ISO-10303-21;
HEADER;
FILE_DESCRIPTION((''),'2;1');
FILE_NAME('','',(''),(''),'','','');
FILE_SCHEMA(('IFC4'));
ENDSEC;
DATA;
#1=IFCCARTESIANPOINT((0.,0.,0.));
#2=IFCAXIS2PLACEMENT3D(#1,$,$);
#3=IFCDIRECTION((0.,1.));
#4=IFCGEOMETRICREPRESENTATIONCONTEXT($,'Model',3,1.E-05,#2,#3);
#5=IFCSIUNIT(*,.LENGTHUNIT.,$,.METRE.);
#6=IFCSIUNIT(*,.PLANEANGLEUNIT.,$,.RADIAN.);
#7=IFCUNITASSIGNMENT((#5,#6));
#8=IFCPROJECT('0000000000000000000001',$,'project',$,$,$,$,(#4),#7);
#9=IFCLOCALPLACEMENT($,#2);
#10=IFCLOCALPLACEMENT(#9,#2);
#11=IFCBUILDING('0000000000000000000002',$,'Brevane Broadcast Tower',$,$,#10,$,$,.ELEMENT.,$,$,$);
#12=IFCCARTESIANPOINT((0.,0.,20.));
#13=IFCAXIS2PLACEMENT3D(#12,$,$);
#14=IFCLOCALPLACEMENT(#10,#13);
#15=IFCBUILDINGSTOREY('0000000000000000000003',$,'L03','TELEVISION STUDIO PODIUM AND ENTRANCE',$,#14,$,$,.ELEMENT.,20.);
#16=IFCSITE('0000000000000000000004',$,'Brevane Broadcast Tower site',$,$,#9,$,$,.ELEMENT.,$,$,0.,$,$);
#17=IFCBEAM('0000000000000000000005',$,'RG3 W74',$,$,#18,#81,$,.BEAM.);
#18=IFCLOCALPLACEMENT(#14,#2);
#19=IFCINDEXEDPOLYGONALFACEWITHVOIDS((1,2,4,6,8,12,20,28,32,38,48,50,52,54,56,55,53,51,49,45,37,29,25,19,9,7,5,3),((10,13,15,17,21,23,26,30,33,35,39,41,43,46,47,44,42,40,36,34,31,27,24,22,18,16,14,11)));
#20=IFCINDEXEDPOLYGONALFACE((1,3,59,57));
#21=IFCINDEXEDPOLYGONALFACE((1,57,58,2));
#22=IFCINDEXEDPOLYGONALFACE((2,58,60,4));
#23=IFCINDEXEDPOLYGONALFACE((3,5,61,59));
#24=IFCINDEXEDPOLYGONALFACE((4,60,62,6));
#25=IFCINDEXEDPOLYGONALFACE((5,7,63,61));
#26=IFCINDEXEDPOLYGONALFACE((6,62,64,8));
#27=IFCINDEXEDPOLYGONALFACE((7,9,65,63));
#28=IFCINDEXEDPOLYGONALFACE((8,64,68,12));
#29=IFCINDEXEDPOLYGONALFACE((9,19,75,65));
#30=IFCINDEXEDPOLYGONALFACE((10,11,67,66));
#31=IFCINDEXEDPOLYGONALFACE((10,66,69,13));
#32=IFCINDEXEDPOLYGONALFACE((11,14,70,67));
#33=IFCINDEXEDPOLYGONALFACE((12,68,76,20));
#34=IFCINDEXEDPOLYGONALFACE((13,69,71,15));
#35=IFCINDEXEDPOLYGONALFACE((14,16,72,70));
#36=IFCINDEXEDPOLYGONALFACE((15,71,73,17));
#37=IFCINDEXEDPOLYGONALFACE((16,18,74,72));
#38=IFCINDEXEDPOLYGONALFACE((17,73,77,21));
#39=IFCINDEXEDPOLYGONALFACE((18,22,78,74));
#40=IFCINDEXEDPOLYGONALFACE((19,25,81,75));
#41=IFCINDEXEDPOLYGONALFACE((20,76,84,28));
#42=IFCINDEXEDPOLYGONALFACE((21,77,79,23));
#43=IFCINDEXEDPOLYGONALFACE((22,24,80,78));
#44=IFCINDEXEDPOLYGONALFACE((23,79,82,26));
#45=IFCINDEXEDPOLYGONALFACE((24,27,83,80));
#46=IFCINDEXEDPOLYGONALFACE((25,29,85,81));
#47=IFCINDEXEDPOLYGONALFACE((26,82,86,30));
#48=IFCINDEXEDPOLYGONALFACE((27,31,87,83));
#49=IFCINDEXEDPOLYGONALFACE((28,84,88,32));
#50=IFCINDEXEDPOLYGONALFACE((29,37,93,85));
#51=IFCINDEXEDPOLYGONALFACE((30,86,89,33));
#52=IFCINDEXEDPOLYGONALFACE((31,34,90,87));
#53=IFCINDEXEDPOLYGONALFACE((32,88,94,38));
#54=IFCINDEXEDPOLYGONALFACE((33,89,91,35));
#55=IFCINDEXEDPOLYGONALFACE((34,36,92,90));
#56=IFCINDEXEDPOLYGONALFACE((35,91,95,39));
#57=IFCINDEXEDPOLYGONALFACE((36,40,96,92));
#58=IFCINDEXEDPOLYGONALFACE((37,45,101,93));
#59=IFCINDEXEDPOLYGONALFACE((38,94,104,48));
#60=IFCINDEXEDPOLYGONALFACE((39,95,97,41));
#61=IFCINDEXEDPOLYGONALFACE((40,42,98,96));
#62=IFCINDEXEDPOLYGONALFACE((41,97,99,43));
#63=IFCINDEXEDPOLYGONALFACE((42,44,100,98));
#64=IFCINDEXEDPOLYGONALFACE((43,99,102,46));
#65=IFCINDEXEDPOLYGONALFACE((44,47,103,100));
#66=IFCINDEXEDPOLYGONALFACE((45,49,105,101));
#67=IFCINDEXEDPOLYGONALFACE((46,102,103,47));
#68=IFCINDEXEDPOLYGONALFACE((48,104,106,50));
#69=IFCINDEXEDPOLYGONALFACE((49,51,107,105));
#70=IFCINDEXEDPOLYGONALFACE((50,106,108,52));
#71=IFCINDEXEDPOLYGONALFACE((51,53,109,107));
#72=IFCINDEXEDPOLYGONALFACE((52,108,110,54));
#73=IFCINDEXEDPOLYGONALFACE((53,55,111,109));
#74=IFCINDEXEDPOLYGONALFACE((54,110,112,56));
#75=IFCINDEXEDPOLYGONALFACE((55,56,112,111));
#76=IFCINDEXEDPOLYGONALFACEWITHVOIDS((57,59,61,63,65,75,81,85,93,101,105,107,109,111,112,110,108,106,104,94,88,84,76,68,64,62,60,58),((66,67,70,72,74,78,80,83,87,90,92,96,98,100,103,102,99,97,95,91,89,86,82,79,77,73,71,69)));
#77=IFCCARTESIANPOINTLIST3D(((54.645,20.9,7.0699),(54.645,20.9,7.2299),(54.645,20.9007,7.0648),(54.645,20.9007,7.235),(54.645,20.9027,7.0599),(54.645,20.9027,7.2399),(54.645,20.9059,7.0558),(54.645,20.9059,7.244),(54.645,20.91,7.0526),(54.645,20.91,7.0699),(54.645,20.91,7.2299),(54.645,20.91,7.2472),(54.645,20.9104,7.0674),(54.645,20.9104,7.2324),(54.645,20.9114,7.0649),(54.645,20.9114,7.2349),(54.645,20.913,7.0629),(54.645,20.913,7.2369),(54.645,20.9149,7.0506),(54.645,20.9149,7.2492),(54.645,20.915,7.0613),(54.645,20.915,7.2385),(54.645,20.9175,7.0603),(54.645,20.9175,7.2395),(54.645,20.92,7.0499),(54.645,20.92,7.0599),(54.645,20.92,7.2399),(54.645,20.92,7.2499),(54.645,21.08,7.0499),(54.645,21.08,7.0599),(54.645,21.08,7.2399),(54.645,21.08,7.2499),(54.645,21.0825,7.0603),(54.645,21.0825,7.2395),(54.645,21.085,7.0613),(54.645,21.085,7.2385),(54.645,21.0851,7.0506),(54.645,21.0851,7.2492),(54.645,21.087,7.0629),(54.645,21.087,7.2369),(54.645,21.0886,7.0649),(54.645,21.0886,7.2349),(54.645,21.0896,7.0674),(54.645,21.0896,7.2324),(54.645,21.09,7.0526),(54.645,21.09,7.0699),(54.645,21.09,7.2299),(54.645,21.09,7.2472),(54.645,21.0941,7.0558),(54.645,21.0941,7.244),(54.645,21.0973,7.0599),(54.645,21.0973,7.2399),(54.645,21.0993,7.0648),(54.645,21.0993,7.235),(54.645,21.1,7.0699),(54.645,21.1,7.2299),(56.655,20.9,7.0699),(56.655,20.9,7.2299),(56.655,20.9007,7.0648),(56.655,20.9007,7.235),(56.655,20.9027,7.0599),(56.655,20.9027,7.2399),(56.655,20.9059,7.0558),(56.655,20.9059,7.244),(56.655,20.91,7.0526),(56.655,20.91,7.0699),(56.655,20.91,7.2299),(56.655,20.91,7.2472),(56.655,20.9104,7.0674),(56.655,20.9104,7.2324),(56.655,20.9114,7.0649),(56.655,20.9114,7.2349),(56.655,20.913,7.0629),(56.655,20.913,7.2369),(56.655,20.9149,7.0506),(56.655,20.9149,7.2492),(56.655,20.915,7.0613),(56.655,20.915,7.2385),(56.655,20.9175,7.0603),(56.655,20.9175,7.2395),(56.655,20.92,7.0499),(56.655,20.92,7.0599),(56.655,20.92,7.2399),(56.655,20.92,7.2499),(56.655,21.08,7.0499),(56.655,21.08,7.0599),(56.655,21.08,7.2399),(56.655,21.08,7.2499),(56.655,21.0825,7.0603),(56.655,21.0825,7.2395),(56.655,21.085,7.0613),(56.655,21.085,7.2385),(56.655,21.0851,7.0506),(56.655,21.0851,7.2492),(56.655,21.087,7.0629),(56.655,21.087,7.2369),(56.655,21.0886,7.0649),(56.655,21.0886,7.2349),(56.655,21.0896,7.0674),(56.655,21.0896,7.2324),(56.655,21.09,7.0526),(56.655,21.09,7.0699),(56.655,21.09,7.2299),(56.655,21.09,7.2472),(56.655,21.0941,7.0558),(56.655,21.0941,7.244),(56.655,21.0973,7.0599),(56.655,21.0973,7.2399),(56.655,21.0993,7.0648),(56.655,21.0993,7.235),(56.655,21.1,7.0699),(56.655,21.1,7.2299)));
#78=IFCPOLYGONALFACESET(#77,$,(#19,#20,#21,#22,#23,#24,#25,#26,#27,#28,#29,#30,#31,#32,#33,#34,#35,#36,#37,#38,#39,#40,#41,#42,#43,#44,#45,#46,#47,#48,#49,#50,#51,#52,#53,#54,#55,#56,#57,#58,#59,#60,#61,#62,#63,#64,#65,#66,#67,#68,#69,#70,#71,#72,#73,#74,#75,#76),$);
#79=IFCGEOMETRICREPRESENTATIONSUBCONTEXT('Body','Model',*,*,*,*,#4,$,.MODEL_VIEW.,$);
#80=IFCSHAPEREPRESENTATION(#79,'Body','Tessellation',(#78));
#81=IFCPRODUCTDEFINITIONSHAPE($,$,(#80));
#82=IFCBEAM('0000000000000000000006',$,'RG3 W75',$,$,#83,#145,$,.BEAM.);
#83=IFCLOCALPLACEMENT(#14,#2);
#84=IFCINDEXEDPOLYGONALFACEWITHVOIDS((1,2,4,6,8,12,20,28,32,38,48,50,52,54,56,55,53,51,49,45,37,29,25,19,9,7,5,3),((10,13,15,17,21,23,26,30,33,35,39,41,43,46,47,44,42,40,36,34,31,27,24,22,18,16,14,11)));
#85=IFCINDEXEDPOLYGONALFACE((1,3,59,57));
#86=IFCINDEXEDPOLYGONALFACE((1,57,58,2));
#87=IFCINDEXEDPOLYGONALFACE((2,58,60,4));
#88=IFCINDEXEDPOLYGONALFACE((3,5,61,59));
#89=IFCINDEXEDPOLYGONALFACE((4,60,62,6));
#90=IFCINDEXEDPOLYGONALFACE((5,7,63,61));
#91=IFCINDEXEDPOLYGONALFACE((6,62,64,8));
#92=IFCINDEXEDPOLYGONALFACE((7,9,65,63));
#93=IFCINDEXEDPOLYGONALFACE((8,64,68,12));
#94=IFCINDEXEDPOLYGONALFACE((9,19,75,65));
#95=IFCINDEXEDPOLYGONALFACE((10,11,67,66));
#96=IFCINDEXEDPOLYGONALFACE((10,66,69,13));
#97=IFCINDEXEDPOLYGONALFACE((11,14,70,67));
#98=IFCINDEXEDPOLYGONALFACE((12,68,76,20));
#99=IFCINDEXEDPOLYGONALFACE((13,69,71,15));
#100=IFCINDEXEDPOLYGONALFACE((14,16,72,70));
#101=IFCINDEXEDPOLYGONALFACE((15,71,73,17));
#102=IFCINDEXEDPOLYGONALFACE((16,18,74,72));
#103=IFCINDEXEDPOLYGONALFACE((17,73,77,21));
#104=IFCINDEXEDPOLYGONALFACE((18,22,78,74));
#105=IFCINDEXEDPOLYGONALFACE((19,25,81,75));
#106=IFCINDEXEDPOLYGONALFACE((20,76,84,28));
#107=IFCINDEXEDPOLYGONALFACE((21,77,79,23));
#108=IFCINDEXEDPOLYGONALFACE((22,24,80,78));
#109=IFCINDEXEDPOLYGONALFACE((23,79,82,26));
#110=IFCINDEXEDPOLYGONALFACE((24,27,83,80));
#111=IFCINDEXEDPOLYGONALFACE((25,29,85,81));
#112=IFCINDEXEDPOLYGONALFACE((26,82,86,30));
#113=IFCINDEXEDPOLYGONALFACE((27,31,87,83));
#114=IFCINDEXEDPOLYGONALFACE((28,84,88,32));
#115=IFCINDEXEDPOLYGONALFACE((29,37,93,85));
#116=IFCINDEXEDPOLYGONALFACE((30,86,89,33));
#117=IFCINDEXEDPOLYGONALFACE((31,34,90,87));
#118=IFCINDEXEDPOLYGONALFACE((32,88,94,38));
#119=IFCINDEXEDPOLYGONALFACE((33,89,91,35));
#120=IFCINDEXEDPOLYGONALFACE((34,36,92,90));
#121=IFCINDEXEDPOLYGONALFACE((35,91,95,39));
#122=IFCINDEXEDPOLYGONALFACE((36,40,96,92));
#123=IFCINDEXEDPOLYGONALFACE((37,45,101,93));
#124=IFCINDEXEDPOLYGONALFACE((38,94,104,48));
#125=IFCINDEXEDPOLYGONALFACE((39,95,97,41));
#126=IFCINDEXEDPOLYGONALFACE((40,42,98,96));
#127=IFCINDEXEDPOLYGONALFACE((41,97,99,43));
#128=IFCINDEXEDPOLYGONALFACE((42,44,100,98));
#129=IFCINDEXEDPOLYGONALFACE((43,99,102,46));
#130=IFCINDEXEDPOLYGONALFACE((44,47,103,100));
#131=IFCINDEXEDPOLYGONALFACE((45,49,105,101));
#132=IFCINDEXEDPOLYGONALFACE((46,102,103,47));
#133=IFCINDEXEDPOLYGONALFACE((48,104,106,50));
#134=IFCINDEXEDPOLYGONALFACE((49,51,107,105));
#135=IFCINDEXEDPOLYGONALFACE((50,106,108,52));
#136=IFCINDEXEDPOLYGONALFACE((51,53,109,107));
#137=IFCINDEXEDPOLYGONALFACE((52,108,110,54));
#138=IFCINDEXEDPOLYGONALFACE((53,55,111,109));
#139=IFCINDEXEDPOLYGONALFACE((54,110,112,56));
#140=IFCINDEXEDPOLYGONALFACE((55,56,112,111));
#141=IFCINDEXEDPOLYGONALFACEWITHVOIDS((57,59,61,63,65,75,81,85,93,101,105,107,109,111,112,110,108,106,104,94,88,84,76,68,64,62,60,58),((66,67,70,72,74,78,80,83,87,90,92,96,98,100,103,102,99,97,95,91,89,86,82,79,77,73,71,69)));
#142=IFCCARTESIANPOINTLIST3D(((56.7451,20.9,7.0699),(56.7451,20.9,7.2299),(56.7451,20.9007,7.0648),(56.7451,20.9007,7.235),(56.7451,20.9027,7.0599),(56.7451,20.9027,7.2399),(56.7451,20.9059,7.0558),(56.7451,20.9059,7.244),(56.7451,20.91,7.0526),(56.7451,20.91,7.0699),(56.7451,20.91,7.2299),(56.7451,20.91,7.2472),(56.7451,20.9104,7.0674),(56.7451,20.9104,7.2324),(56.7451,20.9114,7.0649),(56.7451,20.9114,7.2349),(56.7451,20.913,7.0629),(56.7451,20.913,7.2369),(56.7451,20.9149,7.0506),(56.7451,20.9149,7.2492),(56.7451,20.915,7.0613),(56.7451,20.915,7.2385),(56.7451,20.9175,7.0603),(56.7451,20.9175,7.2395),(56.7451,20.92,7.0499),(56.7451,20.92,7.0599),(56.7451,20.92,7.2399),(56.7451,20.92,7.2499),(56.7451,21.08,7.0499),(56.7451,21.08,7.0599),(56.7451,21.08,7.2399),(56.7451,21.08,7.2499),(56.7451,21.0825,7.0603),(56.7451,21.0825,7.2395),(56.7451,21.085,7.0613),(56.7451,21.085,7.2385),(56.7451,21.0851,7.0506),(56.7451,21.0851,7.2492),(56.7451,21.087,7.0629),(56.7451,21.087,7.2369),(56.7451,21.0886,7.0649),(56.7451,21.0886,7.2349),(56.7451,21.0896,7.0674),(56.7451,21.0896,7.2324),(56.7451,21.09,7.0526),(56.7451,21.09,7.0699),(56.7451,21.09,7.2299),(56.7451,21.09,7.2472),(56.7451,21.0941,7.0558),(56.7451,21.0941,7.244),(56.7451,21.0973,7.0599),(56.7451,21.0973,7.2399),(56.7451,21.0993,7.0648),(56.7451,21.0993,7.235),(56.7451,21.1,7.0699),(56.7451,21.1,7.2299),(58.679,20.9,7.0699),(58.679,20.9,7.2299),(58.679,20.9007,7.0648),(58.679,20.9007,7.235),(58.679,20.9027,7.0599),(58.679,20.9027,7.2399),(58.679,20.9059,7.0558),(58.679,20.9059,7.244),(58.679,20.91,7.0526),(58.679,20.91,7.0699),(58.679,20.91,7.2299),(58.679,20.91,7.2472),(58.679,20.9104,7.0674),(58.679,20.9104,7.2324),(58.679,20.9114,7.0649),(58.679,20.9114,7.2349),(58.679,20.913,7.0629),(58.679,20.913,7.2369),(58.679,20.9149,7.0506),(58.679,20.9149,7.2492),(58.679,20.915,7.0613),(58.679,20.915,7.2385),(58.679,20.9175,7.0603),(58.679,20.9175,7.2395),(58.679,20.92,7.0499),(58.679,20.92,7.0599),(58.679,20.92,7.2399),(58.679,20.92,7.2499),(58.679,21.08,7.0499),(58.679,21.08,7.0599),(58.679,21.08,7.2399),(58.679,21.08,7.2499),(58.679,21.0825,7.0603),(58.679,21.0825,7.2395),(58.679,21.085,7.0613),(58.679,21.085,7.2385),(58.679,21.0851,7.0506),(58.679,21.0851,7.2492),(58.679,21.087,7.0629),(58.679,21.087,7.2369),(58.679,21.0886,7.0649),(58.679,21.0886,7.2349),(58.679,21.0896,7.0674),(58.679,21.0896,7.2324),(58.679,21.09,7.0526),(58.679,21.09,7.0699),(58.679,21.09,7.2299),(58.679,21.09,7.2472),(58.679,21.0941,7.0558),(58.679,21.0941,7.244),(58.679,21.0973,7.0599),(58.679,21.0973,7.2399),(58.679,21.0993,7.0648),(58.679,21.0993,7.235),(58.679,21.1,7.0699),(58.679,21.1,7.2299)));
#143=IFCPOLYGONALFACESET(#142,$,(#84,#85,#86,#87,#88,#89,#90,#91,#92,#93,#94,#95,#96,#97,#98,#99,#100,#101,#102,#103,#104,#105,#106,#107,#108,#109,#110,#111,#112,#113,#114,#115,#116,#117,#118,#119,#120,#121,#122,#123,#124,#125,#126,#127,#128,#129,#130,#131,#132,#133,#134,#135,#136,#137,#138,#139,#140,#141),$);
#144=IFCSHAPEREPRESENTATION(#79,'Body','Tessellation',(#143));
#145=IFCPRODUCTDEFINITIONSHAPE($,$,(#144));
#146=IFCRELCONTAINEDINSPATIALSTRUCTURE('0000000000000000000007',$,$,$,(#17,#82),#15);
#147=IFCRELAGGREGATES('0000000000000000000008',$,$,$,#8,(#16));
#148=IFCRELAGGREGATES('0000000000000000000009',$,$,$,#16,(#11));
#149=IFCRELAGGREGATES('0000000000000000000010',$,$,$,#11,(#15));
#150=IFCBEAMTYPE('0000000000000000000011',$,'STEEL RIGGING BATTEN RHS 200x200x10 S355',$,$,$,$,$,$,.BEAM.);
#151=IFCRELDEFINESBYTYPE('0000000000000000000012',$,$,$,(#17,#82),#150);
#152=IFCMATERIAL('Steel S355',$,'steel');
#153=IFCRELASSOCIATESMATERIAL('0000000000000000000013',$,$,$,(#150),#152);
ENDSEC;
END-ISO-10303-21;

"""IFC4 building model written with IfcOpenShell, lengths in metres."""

from ifc_helpers import new_model, si_unit, direction, frame, origin, origin_2d, place, context, subcontext, project, spatial, hollow_rectangle, extrude, material, material_profile, profile_set, type_object, element, save


model = new_model("IFC4")

# Units and contexts
model_context = context("Model", 3, precision=1e-05, world=origin(), true_north=direction((0.0, 1.0)))
body_context = subcontext(model_context, "Body", "Model", "MODEL_VIEW")
ifc_project = project(units=[si_unit("LENGTHUNIT", "METRE"), si_unit("PLANEANGLEUNIT", "RADIAN")], contexts=[model_context])

# Site, building, storey
site_placement = place(None, origin())
site = spatial("IfcSite", under=ifc_project, at=site_placement, Name="Brevane Broadcast Tower site", CompositionType="ELEMENT", RefElevation=0.0)
building_placement = place(site_placement, origin())
building = spatial("IfcBuilding", under=site, at=building_placement, Name="Brevane Broadcast Tower", CompositionType="ELEMENT")
storey_placement = place(building_placement, frame((0.0, 0.0, 20.0)))
storey = spatial("IfcBuildingStorey", under=building, at=storey_placement, Name="L03", Description="TELEVISION STUDIO PODIUM AND ENTRANCE", CompositionType="ELEMENT", Elevation=20.0)

# Beams
ifc_material_1 = material(Name="Steel S355", Category="steel")
ifc_material_profile_1 = material_profile(ifc_material_1, hollow_rectangle(XDim=0.2, YDim=0.2, WallThickness=0.01, InnerFilletRadius=0.01, OuterFilletRadius=0.02, at=origin_2d()), Name="RHS 200x200x10")
ifc_profile_set_1 = profile_set([ifc_material_profile_1], Name="Steel S355")
beam_type_1 = type_object("IfcBeamType", Name="STEEL RIGGING BATTEN RHS 200x200x10 S355", PredefinedType="BEAM", material=ifc_profile_set_1)
for number, where, z_axis, x_axis, name in (
    (1, (54.645, 21.0, 7.1499), (1.0, 0.0, 0.0), (0.0, 1.0, 0.0), "RG3 W74"),
):
    element("IfcBeam", number, at=place(storey_placement, frame(where, z_axis=z_axis, x_axis=x_axis)), inside=storey, type_object=beam_type_1, Name=name, PredefinedType="BEAM", context=body_context, shape_type="SweptSolid", body=[
        extrude(hollow_rectangle(XDim=0.2, YDim=0.2, WallThickness=0.01, InnerFilletRadius=0.01, OuterFilletRadius=0.02, at=origin_2d()), origin(), (0.0, 0.0, 1.0), 2.01),
    ])
beam_1_placement = place(storey_placement, frame((56.7451, 21.0, 7.1499), z_axis=(1.0, 0.0, 0.0), x_axis=(0.0, 1.0, 0.0)))
element("IfcBeam", 2, at=beam_1_placement, inside=storey, type_object=beam_type_1, Name="RG3 W75", PredefinedType="BEAM", context=body_context, shape_type="SweptSolid", body=[
    extrude(hollow_rectangle(XDim=0.2, YDim=0.2, WallThickness=0.01, InnerFilletRadius=0.01, OuterFilletRadius=0.02, at=origin_2d()), origin(), (0.0, 0.0, 1.0), 1.9338),
])

save(model, "model.ifc")
